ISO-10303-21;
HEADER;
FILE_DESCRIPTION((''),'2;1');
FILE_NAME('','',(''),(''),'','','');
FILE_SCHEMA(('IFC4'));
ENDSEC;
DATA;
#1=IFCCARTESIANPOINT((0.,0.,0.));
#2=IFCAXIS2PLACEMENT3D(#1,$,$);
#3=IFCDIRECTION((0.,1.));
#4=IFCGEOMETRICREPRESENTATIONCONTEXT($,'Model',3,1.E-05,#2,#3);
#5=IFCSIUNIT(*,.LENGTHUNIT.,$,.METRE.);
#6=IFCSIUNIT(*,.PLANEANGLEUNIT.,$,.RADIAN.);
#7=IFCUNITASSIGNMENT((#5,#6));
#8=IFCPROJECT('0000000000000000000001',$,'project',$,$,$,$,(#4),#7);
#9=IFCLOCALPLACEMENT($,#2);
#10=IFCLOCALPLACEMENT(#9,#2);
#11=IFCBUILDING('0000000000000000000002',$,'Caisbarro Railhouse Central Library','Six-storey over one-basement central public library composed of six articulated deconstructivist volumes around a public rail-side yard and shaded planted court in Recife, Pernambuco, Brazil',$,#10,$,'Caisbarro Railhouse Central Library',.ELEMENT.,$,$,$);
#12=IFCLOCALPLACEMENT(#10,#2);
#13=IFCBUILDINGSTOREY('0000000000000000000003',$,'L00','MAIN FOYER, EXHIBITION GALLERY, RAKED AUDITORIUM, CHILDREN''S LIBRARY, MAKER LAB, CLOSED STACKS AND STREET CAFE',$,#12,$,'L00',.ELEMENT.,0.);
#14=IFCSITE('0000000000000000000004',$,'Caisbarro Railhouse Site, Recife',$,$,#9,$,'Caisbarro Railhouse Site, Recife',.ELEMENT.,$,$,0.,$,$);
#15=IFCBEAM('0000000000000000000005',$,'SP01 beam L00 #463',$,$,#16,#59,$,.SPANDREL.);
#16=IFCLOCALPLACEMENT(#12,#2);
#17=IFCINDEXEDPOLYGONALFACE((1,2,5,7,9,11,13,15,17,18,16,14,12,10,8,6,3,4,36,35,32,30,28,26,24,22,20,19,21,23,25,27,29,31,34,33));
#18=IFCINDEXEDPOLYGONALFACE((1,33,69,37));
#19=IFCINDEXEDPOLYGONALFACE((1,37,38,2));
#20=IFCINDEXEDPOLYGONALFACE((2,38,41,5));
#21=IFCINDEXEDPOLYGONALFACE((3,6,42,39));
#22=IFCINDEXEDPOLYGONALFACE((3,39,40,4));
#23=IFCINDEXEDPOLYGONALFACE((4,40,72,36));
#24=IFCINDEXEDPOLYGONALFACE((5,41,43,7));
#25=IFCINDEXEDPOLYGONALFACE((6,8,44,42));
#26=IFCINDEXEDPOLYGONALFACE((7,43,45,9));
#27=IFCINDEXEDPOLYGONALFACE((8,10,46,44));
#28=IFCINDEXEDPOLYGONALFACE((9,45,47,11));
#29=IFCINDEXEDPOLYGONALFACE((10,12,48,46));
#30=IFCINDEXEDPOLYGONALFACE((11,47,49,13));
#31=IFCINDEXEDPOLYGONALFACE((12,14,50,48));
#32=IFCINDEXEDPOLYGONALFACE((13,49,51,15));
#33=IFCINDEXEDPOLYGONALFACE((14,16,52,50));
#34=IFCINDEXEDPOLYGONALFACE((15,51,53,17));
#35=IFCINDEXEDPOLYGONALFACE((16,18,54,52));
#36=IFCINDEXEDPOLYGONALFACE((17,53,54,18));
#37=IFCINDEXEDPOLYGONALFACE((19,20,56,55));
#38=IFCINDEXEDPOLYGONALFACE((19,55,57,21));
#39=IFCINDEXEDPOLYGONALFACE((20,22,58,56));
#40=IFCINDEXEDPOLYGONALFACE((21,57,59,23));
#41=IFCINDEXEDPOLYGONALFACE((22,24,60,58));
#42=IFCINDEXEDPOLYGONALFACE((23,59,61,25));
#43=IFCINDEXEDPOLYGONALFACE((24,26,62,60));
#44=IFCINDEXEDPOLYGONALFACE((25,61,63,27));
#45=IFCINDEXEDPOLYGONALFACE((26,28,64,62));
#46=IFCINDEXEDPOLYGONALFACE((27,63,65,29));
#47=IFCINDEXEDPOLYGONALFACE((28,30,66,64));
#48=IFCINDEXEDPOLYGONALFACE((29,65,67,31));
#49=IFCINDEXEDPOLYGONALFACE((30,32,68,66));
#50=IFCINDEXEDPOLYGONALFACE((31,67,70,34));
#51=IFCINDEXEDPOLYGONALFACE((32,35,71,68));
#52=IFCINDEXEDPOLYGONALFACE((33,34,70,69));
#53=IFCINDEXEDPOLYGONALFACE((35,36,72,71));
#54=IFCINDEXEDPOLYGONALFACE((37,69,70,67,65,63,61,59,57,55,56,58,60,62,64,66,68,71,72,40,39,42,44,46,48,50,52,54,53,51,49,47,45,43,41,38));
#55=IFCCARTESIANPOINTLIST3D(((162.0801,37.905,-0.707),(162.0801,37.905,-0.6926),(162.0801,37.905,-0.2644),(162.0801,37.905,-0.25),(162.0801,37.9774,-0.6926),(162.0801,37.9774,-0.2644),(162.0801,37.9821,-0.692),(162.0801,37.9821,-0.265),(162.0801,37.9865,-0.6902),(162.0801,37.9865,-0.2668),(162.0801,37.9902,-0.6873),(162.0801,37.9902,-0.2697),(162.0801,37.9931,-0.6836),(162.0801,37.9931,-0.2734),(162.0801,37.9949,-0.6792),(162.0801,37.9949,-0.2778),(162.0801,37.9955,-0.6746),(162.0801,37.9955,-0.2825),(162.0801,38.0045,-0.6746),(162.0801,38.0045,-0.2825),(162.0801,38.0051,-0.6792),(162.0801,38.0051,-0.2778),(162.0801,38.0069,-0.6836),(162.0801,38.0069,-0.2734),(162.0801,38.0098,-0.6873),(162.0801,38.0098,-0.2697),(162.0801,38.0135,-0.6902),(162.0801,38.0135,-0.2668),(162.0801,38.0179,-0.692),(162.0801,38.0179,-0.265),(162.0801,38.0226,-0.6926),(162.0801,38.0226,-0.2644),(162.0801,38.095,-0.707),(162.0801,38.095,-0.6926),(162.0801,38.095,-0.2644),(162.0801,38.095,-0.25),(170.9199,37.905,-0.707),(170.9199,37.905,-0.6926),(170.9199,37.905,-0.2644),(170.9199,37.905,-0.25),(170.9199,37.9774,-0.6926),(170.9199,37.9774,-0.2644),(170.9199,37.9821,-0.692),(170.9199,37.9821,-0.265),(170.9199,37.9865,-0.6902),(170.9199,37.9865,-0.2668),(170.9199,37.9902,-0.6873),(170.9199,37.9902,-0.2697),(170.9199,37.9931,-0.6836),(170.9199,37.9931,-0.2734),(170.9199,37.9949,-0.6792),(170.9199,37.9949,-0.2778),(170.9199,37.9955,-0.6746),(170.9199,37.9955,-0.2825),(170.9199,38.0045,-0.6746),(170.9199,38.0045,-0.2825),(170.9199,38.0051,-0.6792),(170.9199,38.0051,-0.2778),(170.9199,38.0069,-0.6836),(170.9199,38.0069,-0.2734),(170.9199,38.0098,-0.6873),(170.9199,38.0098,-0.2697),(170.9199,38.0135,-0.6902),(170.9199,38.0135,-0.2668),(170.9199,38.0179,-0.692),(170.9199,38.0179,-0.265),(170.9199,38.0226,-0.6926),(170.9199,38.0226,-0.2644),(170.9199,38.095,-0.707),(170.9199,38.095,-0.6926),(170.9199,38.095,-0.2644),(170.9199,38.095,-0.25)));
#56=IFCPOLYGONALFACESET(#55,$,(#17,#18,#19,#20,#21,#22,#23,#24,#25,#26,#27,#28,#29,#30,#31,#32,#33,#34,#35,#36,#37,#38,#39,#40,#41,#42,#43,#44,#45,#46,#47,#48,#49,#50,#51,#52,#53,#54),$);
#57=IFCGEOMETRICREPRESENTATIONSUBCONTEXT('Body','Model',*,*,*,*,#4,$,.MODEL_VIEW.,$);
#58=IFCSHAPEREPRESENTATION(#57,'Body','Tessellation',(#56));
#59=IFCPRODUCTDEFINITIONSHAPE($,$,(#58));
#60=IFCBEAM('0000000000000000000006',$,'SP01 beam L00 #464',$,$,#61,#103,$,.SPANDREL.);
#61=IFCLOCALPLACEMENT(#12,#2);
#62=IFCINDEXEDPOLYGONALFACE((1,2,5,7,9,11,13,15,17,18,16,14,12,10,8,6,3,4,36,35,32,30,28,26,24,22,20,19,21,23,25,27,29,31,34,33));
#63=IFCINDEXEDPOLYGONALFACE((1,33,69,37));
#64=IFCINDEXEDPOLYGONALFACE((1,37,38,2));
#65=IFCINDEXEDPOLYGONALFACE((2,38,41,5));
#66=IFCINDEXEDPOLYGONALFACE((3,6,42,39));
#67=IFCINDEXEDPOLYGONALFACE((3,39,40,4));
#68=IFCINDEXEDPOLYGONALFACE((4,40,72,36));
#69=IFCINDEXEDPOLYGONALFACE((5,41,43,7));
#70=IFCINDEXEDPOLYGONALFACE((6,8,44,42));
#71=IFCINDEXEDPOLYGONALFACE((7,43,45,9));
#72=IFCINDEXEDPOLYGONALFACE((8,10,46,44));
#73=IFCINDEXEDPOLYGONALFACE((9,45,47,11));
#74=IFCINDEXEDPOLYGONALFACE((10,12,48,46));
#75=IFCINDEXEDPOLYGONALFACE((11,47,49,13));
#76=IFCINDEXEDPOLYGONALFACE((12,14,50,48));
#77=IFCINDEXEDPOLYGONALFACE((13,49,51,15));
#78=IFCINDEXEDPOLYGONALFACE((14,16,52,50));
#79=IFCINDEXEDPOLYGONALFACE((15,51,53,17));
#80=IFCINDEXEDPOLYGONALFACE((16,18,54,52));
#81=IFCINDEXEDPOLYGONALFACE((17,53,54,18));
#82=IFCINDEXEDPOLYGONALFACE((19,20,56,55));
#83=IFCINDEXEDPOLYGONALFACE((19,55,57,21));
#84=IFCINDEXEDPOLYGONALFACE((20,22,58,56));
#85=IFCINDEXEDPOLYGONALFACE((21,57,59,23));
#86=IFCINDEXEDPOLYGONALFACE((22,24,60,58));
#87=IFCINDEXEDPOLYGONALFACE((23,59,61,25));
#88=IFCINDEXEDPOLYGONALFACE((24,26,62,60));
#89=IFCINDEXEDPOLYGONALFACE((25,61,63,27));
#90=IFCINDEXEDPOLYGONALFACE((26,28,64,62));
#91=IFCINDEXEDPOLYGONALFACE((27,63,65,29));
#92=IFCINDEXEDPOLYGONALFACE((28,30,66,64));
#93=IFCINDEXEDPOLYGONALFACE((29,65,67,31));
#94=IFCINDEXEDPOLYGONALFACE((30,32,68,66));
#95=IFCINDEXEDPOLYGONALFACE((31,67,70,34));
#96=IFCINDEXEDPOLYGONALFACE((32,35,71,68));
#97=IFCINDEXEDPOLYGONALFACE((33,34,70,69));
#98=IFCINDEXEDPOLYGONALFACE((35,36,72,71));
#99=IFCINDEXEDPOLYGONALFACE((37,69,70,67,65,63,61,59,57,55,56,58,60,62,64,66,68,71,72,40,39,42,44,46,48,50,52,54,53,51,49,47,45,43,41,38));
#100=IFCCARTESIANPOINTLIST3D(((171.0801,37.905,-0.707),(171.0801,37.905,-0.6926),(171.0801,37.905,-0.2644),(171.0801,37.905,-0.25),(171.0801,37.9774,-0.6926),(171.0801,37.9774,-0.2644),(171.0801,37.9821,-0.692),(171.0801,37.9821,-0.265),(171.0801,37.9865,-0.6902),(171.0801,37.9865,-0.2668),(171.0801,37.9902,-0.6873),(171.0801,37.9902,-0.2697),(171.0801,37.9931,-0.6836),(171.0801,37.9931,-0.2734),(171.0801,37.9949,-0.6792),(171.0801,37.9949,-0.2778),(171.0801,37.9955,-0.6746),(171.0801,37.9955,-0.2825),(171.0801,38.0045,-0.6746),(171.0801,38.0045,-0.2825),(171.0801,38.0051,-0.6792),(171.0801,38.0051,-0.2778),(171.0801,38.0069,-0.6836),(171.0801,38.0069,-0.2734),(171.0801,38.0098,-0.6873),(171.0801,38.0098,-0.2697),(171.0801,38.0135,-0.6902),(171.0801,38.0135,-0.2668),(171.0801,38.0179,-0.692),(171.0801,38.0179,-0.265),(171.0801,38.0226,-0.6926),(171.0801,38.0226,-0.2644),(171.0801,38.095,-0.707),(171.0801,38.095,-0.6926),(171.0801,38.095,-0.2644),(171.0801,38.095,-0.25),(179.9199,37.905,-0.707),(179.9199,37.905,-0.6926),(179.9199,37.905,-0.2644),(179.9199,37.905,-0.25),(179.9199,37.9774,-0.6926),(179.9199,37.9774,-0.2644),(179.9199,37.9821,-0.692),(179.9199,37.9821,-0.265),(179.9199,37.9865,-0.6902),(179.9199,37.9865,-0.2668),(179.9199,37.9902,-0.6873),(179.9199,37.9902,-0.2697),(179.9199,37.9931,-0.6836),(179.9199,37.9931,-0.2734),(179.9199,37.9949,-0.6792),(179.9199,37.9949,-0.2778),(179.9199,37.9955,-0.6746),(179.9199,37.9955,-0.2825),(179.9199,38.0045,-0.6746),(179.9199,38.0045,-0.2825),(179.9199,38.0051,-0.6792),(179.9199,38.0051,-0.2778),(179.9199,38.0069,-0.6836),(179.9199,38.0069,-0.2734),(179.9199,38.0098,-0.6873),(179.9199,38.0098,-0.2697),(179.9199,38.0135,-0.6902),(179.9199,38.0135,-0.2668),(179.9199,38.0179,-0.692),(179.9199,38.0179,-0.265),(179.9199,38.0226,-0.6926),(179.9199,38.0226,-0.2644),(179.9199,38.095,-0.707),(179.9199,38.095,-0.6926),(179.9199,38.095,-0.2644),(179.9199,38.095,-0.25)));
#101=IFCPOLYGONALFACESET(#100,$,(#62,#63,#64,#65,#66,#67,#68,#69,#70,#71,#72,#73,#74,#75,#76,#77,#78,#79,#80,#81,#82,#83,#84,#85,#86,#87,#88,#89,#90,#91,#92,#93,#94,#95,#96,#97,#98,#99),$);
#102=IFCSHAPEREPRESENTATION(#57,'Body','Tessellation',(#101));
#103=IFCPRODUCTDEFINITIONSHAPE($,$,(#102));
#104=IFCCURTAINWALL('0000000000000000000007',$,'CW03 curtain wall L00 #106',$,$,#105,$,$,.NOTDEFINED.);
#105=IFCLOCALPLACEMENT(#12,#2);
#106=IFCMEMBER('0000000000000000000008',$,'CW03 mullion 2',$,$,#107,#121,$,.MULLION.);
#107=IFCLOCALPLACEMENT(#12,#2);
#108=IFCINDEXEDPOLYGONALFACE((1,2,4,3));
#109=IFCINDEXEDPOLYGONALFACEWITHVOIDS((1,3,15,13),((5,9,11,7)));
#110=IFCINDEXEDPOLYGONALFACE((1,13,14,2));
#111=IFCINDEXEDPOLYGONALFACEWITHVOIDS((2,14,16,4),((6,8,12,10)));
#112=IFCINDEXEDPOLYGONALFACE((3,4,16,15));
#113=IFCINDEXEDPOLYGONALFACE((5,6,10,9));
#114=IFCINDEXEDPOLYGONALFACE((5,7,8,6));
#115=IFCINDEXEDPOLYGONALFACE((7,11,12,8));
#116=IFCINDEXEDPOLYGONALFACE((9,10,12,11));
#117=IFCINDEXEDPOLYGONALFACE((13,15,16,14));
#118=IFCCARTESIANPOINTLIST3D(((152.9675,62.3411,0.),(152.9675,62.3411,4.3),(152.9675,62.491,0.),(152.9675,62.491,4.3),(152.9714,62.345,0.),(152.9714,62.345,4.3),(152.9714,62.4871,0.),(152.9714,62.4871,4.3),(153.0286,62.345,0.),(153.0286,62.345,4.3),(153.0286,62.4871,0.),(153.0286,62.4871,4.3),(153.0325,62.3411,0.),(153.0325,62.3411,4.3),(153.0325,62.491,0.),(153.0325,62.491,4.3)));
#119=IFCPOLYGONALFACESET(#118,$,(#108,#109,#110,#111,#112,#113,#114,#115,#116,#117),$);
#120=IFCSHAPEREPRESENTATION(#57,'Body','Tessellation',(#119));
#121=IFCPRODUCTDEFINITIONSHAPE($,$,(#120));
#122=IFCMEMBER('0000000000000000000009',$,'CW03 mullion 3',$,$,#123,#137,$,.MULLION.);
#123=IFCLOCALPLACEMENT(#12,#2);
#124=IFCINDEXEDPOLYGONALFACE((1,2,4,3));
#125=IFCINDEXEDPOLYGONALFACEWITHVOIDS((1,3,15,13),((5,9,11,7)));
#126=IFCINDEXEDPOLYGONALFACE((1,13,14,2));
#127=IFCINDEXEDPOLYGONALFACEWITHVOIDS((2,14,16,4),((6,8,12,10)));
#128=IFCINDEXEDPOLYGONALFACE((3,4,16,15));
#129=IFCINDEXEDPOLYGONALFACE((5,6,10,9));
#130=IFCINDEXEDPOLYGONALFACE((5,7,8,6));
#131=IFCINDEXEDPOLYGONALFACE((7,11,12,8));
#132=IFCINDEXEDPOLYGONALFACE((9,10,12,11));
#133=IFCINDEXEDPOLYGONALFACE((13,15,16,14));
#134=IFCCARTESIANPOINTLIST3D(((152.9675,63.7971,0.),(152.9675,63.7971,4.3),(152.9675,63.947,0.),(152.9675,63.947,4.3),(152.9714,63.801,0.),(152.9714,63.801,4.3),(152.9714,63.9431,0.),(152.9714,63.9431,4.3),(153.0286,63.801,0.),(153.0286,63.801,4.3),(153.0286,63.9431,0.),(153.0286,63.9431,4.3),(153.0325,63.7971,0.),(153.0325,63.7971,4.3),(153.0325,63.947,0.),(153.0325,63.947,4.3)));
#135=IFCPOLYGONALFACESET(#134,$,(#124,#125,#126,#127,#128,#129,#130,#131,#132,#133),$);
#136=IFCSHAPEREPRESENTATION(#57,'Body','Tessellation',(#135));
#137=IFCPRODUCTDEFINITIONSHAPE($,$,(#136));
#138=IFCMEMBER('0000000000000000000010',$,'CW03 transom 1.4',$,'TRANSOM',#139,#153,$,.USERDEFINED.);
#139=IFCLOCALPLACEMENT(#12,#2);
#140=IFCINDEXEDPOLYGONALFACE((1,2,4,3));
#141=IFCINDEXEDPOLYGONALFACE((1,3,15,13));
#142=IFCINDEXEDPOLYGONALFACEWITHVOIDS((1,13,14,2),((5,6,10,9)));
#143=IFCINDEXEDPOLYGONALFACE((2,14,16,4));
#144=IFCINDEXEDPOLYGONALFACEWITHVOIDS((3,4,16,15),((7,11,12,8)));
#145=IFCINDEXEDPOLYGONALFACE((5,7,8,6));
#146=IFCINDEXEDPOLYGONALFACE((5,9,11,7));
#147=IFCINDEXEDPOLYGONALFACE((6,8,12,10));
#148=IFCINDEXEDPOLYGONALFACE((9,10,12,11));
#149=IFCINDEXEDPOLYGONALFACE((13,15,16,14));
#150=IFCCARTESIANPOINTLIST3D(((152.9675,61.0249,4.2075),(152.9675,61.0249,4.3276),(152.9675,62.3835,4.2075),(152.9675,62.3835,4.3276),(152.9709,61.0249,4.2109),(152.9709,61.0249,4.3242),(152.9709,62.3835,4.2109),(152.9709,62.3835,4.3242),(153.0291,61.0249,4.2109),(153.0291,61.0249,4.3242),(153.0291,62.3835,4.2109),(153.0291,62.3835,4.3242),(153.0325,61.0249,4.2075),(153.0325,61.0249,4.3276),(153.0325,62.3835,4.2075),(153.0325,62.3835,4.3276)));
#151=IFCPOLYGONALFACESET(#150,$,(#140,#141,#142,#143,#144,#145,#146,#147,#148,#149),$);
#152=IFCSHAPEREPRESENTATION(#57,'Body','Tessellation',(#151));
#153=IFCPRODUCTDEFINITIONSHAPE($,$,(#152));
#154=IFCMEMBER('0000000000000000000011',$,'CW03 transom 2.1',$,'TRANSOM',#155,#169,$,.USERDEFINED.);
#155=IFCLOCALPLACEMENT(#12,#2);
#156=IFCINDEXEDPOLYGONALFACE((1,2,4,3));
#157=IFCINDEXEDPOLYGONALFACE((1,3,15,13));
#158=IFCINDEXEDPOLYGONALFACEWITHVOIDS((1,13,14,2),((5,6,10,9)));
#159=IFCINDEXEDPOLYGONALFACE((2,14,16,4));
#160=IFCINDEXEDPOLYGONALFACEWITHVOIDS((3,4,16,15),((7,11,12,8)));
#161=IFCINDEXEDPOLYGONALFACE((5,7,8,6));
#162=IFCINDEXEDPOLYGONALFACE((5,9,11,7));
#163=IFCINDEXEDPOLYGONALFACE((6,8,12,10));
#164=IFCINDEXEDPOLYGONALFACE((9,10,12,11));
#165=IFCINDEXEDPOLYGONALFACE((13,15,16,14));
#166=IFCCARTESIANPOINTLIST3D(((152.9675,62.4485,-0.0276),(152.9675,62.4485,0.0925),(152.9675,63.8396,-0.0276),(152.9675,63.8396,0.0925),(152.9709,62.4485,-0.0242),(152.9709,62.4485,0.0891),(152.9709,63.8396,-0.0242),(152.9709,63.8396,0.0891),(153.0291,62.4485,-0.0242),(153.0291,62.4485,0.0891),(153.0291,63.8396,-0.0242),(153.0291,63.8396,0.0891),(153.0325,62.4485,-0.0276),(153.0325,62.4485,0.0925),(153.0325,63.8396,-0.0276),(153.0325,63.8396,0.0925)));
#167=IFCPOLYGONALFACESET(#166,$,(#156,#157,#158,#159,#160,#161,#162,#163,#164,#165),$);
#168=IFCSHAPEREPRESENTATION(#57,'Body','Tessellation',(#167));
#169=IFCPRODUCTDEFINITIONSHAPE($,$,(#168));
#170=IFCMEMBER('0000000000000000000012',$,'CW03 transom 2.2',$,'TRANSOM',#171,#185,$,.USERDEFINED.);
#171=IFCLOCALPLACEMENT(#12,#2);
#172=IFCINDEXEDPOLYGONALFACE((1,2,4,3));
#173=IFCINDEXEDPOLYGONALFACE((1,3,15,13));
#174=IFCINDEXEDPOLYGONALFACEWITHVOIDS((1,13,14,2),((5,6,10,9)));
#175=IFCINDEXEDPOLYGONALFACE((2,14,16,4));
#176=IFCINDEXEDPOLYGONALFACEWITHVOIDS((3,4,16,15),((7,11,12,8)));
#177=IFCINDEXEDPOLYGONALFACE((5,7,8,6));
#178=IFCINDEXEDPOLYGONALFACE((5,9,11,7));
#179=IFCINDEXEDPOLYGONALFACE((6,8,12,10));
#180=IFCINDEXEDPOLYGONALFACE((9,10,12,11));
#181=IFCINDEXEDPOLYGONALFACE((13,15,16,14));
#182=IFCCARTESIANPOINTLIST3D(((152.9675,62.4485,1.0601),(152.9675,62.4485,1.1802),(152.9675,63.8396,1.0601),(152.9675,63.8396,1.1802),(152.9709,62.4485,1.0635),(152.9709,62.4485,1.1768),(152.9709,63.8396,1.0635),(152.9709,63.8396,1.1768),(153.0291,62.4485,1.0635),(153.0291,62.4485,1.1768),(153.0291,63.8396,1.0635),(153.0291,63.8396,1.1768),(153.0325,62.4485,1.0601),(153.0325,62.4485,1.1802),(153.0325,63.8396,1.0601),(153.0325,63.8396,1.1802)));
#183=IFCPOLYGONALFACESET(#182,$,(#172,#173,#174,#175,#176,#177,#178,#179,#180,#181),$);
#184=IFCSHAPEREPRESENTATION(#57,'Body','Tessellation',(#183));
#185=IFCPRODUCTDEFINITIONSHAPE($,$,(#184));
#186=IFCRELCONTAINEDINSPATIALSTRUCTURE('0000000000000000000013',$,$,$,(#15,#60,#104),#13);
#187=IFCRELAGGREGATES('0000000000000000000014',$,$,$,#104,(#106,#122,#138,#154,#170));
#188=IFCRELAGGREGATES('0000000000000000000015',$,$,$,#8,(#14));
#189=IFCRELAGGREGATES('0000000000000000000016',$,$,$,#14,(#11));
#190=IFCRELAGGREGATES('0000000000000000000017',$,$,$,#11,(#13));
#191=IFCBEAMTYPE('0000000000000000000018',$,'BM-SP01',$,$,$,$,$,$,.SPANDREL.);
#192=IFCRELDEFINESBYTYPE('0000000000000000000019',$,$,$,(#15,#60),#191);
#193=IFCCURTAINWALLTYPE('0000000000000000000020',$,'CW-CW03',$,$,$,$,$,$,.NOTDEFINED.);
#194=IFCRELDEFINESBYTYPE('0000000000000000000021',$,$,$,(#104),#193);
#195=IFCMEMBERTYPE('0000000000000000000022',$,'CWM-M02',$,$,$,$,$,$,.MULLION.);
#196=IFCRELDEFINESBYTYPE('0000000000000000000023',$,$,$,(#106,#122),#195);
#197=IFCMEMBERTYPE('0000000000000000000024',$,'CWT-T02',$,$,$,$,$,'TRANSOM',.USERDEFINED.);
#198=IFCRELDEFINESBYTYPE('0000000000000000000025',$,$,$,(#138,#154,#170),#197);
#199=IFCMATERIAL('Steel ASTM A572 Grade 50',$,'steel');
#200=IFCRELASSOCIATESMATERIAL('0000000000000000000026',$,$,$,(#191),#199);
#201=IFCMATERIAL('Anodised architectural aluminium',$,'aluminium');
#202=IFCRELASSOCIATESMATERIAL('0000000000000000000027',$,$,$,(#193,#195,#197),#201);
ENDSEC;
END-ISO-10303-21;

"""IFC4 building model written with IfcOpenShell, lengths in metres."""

from ifc_helpers import new_model, si_unit, direction, frame, origin, origin_2d, place, context, subcontext, project, spatial, hollow_rectangle, i_section, extrude, material, material_profile, profile_set, type_object, element, aggregate, save


model = new_model("IFC4")

# Units and contexts
model_context = context("Model", 3, precision=1e-05, world=origin(), true_north=direction((0.0, 1.0)))
body_context = subcontext(model_context, "Body", "Model", "MODEL_VIEW")
ifc_project = project(units=[si_unit("LENGTHUNIT", "METRE"), si_unit("PLANEANGLEUNIT", "RADIAN")], contexts=[model_context])

# Site, building, storey
site_placement = place(None, origin())
site = spatial("IfcSite", under=ifc_project, at=site_placement, Name="Caisbarro Railhouse Site, Recife", LongName="Caisbarro Railhouse Site, Recife", CompositionType="ELEMENT", RefElevation=0.0)
building_placement = place(site_placement, origin())
building = spatial("IfcBuilding", under=site, at=building_placement, Name="Caisbarro Railhouse Central Library", Description="Six-storey over one-basement central public library composed of six articulated deconstructivist volumes around a public rail-side yard and shaded planted court in Recife, Pernambuco, Brazil", LongName="Caisbarro Railhouse Central Library", CompositionType="ELEMENT")
storey_placement = place(building_placement, origin())
storey = spatial("IfcBuildingStorey", under=building, at=storey_placement, Name="L00", Description="MAIN FOYER, EXHIBITION GALLERY, RAKED AUDITORIUM, CHILDREN'S LIBRARY, MAKER LAB, CLOSED STACKS AND STREET CAFE", LongName="L00", CompositionType="ELEMENT", Elevation=0.0)

# Shared definitions
ifc_material_1 = material(Name="Steel ASTM A572 Grade 50", Category="steel")

# Beams
ifc_material_profile_1 = material_profile(ifc_material_1, i_section(OverallWidth=0.1899, OverallDepth=0.457, WebThickness=0.009, FlangeThickness=0.0144, FilletRadius=0.0181, at=origin_2d()), Name="W460X74.0")
ifc_profile_set_1 = profile_set([ifc_material_profile_1], Name="Steel ASTM A572 Grade 50")
beam_type = type_object("IfcBeamType", Name="BM-SP01", PredefinedType="SPANDREL", material=ifc_profile_set_1)
for number, where, z_axis, x_axis, name in (
    (1, (162.0801, 38.0, -0.4785), (1.0, 0.0, 0.0), (0.0, 1.0, 0.0), "SP01 beam L00 #463"),
    (2, (171.0801, 38.0, -0.4785), (1.0, 0.0, 0.0), (0.0, 1.0, 0.0), "SP01 beam L00 #464"),
):
    element("IfcBeam", number, at=place(storey_placement, frame(where, z_axis=z_axis, x_axis=x_axis)), inside=storey, type_object=beam_type, Name=name, PredefinedType="SPANDREL", context=body_context, shape_type="SweptSolid", body=[
        extrude(i_section(OverallWidth=0.1899, OverallDepth=0.457, WebThickness=0.009, FlangeThickness=0.0144, FilletRadius=0.0181, at=origin_2d()), origin(), (0.0, 0.0, 1.0), 8.8398),
    ])

# Curtain wall, members
ifc_material_2 = material(Name="Anodised architectural aluminium", Category="aluminium")
curtain_wall_type = type_object("IfcCurtainWallType", Name="CW-CW03", PredefinedType="NOTDEFINED", material=ifc_material_2)
curtain_wall_placement = place(storey_placement, origin())
curtain_wall = element("IfcCurtainWall", 3, at=curtain_wall_placement, inside=storey, type_object=curtain_wall_type, Name="CW03 curtain wall L00 #106", PredefinedType="NOTDEFINED")
ifc_material_profile_2 = material_profile(ifc_material_2, hollow_rectangle(XDim=0.0649, YDim=0.1499, WallThickness=0.0039, at=origin_2d()), Name="ALU-MUL-65X150")
ifc_profile_set_2 = profile_set([ifc_material_profile_2], Name="Anodised architectural aluminium")
member_type_1 = type_object("IfcMemberType", Name="CWM-M02", PredefinedType="MULLION", material=ifc_profile_set_2)
member_1_placement = place(storey_placement, frame((153.0, 62.416, 0.0), z_axis=(0.0, 0.0, 1.0), x_axis=(-1.0, 0.0, 0.0)))
member_1 = element("IfcMember", 4, at=member_1_placement, type_object=member_type_1, Name="CW03 mullion 2", PredefinedType="MULLION", context=body_context, shape_type="SweptSolid", body=[
    extrude(hollow_rectangle(XDim=0.0649, YDim=0.1499, WallThickness=0.0039, at=origin_2d()), origin(), (0.0, 0.0, 1.0), 4.3),
])
member_2_placement = place(storey_placement, frame((153.0, 63.8721, 0.0), z_axis=(0.0, 0.0, 1.0), x_axis=(-1.0, 0.0, 0.0)))
member_2 = element("IfcMember", 5, at=member_2_placement, type_object=member_type_1, Name="CW03 mullion 3", PredefinedType="MULLION", context=body_context, shape_type="SweptSolid", body=[
    extrude(hollow_rectangle(XDim=0.0649, YDim=0.1499, WallThickness=0.0039, at=origin_2d()), origin(), (0.0, 0.0, 1.0), 4.3),
])
ifc_material_profile_3 = material_profile(ifc_material_2, hollow_rectangle(XDim=0.0649, YDim=0.1201, WallThickness=0.0034, at=origin_2d()), Name="ALU-TRN-65X120")
ifc_profile_set_3 = profile_set([ifc_material_profile_3], Name="Anodised architectural aluminium")
member_type_2 = type_object("IfcMemberType", Name="CWT-T02", ElementType="TRANSOM", PredefinedType="USERDEFINED", material=ifc_profile_set_3)
member_3_placement = place(storey_placement, frame((153.0, 61.0249, 4.2676), z_axis=(0.0, 1.0, 0.0), x_axis=(-1.0, 0.0, 0.0)))
member_3 = element("IfcMember", 6, at=member_3_placement, type_object=member_type_2, Name="CW03 transom 1.4", ObjectType="TRANSOM", PredefinedType="USERDEFINED", context=body_context, shape_type="SweptSolid", body=[
    extrude(hollow_rectangle(XDim=0.0649, YDim=0.1201, WallThickness=0.0034, at=origin_2d()), origin(), (0.0, 0.0, 1.0), 1.3586),
])
member_4_placement = place(storey_placement, frame((153.0, 62.4485, 0.0325), z_axis=(0.0, 1.0, 0.0), x_axis=(-1.0, 0.0, 0.0)))
member_4 = element("IfcMember", 7, at=member_4_placement, type_object=member_type_2, Name="CW03 transom 2.1", ObjectType="TRANSOM", PredefinedType="USERDEFINED", context=body_context, shape_type="SweptSolid", body=[
    extrude(hollow_rectangle(XDim=0.0649, YDim=0.1201, WallThickness=0.0034, at=origin_2d()), origin(), (0.0, 0.0, 1.0), 1.3911),
])
member_5_placement = place(storey_placement, frame((153.0, 62.4485, 1.1201), z_axis=(0.0, 1.0, 0.0), x_axis=(-1.0, 0.0, 0.0)))
member_5 = element("IfcMember", 8, at=member_5_placement, type_object=member_type_2, Name="CW03 transom 2.2", ObjectType="TRANSOM", PredefinedType="USERDEFINED", context=body_context, shape_type="SweptSolid", body=[
    extrude(hollow_rectangle(XDim=0.0649, YDim=0.1201, WallThickness=0.0034, at=origin_2d()), origin(), (0.0, 0.0, 1.0), 1.3911),
])
aggregate(curtain_wall, [member_1, member_2, member_3, member_4, member_5])

save(model, "model.ifc")
